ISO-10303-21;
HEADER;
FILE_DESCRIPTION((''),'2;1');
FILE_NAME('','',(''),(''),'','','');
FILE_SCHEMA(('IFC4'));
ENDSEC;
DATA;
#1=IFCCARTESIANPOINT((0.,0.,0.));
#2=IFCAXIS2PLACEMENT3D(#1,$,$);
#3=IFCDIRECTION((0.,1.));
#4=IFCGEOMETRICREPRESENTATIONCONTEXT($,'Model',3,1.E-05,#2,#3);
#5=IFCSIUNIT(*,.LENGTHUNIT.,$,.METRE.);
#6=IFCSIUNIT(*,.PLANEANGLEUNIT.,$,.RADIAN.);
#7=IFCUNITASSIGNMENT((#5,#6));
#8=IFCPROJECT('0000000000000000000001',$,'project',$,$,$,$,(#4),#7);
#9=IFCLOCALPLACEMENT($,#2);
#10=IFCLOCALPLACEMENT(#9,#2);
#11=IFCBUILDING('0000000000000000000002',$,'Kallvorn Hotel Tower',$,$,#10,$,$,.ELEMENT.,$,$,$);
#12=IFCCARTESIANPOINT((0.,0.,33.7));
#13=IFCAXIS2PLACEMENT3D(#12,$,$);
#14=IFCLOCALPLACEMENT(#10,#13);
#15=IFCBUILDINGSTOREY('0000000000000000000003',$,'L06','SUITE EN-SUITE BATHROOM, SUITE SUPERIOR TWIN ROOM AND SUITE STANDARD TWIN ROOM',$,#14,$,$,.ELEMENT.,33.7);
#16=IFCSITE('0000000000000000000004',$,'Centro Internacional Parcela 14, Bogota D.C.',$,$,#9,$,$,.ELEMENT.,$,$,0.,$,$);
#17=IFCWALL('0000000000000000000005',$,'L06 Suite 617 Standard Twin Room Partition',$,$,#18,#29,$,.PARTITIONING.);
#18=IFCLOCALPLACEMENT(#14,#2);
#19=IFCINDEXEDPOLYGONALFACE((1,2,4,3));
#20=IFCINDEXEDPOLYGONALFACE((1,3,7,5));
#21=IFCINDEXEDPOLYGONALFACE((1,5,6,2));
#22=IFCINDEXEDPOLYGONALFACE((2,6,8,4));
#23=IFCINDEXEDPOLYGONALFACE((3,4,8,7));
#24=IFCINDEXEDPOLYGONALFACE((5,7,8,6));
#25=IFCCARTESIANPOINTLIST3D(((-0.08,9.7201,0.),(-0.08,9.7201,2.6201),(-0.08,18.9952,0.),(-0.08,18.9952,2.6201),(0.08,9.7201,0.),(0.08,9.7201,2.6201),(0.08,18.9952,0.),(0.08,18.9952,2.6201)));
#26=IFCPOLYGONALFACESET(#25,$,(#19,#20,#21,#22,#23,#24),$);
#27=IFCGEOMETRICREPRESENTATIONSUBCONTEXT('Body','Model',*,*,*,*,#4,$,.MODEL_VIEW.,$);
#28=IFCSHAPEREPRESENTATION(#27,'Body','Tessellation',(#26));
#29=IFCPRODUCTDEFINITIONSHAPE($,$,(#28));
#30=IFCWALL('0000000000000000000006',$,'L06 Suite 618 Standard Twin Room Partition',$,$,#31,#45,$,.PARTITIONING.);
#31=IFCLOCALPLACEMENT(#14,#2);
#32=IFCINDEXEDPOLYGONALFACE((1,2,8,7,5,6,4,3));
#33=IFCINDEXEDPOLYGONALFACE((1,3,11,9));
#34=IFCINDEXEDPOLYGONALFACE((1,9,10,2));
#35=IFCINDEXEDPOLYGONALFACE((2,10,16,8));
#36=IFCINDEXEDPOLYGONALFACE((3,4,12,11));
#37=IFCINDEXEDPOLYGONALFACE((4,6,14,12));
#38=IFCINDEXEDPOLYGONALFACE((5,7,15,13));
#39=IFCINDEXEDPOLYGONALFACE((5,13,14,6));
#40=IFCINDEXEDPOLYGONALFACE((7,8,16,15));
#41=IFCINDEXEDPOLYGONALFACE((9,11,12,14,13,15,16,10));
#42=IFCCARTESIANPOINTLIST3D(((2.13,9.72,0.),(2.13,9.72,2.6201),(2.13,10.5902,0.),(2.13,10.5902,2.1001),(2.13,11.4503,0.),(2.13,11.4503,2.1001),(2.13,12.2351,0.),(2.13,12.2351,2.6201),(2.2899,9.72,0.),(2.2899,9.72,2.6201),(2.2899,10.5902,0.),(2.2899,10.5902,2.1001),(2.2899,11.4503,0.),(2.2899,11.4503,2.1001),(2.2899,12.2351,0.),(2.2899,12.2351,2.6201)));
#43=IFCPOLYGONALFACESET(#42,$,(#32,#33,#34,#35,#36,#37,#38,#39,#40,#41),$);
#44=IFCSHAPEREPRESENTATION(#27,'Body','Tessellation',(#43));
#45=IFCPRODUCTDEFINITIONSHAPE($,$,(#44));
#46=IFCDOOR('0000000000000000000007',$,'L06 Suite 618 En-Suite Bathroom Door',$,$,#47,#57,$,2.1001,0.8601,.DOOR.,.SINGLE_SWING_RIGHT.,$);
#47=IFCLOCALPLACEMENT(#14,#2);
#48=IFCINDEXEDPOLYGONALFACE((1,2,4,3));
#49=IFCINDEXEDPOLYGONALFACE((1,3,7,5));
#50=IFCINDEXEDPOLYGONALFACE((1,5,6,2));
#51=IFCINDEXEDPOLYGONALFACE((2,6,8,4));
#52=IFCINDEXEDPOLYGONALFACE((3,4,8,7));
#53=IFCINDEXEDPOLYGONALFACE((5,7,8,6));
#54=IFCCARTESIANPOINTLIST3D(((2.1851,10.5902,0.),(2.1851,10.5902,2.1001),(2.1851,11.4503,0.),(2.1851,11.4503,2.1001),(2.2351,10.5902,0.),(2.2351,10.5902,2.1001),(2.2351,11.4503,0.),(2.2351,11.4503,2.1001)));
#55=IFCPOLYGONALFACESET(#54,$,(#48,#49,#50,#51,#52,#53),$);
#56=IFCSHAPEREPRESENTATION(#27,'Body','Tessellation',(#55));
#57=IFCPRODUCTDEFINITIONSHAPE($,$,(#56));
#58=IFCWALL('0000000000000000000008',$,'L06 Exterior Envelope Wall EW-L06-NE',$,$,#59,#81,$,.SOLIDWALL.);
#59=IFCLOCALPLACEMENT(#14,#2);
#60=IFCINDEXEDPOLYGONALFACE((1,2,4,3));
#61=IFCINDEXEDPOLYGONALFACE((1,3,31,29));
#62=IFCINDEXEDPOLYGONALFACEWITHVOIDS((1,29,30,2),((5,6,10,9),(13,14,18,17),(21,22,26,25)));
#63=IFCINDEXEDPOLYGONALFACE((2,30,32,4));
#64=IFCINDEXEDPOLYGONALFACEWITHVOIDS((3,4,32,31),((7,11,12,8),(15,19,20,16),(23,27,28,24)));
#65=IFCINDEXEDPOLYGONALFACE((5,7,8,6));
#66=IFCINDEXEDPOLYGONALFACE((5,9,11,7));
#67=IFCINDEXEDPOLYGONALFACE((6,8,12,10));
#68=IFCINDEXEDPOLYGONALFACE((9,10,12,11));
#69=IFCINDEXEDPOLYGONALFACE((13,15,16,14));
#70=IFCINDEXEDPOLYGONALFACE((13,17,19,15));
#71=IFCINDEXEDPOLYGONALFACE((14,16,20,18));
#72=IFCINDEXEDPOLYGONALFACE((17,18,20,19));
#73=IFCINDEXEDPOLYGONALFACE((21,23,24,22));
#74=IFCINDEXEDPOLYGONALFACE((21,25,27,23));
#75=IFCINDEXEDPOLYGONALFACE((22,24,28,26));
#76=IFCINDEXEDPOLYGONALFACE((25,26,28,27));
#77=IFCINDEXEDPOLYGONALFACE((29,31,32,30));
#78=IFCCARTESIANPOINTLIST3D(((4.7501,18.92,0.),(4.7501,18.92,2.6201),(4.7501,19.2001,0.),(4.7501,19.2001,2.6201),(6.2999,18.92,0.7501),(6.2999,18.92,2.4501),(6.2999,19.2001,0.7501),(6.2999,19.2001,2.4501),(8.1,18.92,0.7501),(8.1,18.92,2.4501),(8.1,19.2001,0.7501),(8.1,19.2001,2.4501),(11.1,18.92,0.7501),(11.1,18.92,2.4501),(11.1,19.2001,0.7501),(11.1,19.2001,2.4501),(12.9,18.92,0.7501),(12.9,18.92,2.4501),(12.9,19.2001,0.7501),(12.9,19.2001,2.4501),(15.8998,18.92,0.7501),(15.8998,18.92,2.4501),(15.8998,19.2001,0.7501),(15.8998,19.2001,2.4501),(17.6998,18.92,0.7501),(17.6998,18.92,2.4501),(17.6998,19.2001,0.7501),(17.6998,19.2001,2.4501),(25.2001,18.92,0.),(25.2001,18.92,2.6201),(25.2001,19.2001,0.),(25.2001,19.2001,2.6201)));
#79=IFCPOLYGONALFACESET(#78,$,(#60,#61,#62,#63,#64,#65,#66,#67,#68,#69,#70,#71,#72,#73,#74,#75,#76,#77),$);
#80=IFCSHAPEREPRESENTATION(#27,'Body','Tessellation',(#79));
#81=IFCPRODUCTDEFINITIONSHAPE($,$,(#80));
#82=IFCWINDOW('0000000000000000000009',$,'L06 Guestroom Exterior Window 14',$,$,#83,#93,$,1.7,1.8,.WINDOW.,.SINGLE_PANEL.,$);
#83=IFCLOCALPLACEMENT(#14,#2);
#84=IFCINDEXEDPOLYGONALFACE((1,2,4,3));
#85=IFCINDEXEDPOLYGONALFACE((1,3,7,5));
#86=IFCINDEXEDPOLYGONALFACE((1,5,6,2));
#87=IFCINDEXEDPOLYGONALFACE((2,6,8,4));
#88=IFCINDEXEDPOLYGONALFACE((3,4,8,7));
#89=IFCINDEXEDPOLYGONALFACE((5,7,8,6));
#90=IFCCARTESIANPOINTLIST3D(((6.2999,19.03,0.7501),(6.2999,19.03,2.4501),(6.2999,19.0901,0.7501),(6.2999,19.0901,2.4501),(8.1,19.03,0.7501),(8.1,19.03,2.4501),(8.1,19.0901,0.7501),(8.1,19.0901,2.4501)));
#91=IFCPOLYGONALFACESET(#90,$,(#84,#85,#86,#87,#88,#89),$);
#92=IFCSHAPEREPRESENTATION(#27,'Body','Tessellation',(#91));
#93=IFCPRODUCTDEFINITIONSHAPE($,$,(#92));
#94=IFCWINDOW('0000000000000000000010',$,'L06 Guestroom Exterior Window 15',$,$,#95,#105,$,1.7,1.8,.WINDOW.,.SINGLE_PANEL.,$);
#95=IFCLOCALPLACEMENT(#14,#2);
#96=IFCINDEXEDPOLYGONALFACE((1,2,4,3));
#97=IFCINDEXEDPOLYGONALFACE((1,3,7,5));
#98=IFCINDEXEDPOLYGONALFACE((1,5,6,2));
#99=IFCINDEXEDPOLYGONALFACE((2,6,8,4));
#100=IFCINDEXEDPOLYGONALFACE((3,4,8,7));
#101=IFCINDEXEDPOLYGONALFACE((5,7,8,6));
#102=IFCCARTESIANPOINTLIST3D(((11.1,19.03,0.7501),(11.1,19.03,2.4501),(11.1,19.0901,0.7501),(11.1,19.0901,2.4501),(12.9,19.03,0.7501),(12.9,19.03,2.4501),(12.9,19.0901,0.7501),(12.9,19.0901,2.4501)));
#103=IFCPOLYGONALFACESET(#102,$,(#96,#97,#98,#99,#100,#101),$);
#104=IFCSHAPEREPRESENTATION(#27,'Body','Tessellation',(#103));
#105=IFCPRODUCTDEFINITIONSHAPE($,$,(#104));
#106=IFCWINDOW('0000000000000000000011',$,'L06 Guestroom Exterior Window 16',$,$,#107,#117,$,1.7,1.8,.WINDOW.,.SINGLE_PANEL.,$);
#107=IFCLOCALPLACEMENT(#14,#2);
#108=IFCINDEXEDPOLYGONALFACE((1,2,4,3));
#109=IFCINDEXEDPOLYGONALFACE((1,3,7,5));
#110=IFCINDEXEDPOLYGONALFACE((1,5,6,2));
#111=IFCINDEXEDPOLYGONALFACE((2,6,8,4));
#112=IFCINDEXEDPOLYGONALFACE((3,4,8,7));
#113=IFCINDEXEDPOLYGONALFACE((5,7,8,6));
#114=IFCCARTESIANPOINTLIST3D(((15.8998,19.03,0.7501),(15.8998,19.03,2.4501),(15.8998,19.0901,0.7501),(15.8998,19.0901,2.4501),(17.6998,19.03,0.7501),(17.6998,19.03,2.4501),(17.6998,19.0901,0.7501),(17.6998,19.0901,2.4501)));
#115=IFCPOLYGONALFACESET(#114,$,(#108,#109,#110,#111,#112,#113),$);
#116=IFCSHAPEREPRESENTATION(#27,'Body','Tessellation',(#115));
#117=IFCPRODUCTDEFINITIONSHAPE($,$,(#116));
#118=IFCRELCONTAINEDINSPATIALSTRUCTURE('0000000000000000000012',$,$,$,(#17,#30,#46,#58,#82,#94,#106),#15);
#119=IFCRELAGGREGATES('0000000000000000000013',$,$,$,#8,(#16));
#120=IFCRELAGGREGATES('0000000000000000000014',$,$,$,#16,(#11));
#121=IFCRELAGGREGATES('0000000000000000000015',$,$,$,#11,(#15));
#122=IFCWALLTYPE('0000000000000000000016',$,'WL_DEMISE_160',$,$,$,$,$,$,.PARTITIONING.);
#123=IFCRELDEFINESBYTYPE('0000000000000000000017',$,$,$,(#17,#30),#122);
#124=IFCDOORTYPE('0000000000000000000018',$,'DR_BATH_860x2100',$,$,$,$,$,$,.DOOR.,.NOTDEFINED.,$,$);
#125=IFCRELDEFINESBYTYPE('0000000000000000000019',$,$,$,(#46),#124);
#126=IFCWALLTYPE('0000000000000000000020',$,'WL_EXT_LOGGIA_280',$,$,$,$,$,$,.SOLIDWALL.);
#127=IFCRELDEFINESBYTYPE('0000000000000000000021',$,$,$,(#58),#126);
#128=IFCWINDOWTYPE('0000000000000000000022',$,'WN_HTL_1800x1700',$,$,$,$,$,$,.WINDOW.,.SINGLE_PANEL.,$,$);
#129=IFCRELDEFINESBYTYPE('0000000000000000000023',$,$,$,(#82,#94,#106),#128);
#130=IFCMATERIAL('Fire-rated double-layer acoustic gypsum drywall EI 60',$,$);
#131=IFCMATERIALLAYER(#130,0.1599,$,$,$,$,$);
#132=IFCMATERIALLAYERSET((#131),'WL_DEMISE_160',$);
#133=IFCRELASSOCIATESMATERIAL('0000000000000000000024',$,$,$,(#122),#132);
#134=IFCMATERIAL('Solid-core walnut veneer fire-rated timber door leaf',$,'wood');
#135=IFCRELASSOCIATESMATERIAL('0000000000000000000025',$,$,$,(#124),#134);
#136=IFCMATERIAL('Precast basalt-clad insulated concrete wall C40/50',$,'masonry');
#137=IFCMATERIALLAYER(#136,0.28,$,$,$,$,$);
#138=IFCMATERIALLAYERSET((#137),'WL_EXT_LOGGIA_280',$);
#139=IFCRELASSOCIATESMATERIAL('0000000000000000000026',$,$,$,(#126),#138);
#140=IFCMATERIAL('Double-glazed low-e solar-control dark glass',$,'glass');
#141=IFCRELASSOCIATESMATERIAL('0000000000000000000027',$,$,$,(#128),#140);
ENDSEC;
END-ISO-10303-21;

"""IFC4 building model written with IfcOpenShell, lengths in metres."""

from ifc_helpers import new_model, si_unit, direction, frame, frame_2d, origin, place, context, subcontext, project, spatial, rectangle, extrude, material, layer, layer_set, type_object, element, fill, save


model = new_model("IFC4")

# Units and contexts
model_context = context("Model", 3, precision=1e-05, world=origin(), true_north=direction((0.0, 1.0)))
body_context = subcontext(model_context, "Body", "Model", "MODEL_VIEW")
ifc_project = project(units=[si_unit("LENGTHUNIT", "METRE"), si_unit("PLANEANGLEUNIT", "RADIAN")], contexts=[model_context])

# Site, building, storey
site_placement = place(None, origin())
site = spatial("IfcSite", under=ifc_project, at=site_placement, Name="Centro Internacional Parcela 14, Bogota D.C.", CompositionType="ELEMENT", RefElevation=0.0)
building_placement = place(site_placement, origin())
building = spatial("IfcBuilding", under=site, at=building_placement, Name="Kallvorn Hotel Tower", CompositionType="ELEMENT")
storey_placement = place(building_placement, frame((0.0, 0.0, 33.7)))
storey = spatial("IfcBuildingStorey", under=building, at=storey_placement, Name="L06", Description="SUITE EN-SUITE BATHROOM, SUITE SUPERIOR TWIN ROOM AND SUITE STANDARD TWIN ROOM", CompositionType="ELEMENT", Elevation=33.7)

# Shared definitions
ifc_material_1 = material(Name="Fire-rated double-layer acoustic gypsum drywall EI 60")
ifc_layer_1 = layer(ifc_material_1, 0.1599)
ifc_layer_set_1 = layer_set([ifc_layer_1], Name="WL_DEMISE_160")
wall_type_1 = type_object("IfcWallType", Name="WL_DEMISE_160", PredefinedType="PARTITIONING", material=ifc_layer_set_1)

# Shared definitions
ifc_material_2 = material(Name="Solid-core walnut veneer fire-rated timber door leaf", Category="wood")
door_type = type_object("IfcDoorType", Name="DR_BATH_860x2100", OperationType="NOTDEFINED", PredefinedType="DOOR", material=ifc_material_2)

# Wall
wall_1_placement = place(storey_placement, frame((0.0, 9.72, 0.0), z_axis=(0.0, 0.0, 1.0), x_axis=(0.0, 1.0, 0.0)))
element("IfcWall", 1, at=wall_1_placement, inside=storey, type_object=wall_type_1, Name="L06 Suite 617 Standard Twin Room Partition", PredefinedType="PARTITIONING", context=body_context, shape_type="SweptSolid", body=[
    extrude(rectangle(XDim=9.2751, YDim=0.1599, at=frame_2d((4.6377, 0.0))), origin(), (0.0, 0.0, 1.0), 2.6201),
])

# Wall, opening, door
wall_2_placement = place(storey_placement, frame((2.21, 9.72, 0.0), z_axis=(0.0, 0.0, 1.0), x_axis=(0.0, 1.0, 0.0)))
wall_2 = element("IfcWall", 2, at=wall_2_placement, inside=storey, type_object=wall_type_1, Name="L06 Suite 618 Standard Twin Room Partition", PredefinedType="PARTITIONING", context=body_context, shape_type="SweptSolid", body=[
    extrude(rectangle(XDim=2.5151, YDim=0.1599, at=frame_2d((1.2576, 0.0))), origin(), (0.0, 0.0, 1.0), 2.6201),
])
opening_1_placement = place(wall_2_placement, frame((0.8701, 0.0, 0.0)))
opening_1 = element("IfcOpeningElement", 3, at=opening_1_placement, cuts=wall_2, PredefinedType="OPENING", context=body_context, shape_type="SweptSolid", body=[
    extrude(rectangle(XDim=0.8601, YDim=2.1001, at=frame_2d((0.4302, 1.05))), frame((0.0, 0.095, 0.0), z_axis=(0.0, -1.0, 0.0), x_axis=(1.0, 0.0, 0.0)), (0.0, 0.0, 1.0), 0.1899),
])
door_1_placement = place(opening_1_placement, origin())
door_1 = element("IfcDoor", 4, at=door_1_placement, inside=storey, type_object=door_type, Name="L06 Suite 618 En-Suite Bathroom Door", OperationType="SINGLE_SWING_RIGHT", OverallHeight=2.1001, OverallWidth=0.8601, PredefinedType="DOOR", context=body_context, shape_type="SweptSolid", body=[
    extrude(rectangle(XDim=0.8601, YDim=2.1001, at=frame_2d((0.4302, 1.05))), frame((0.0, 0.0249, 0.0), z_axis=(0.0, -1.0, 0.0), x_axis=(1.0, 0.0, 0.0)), (0.0, 0.0, 1.0), 0.05),
])
fill(opening_1, door_1)

# Wall, openings, windows
ifc_material_3 = material(Name="Precast basalt-clad insulated concrete wall C40/50", Category="masonry")
ifc_layer_2 = layer(ifc_material_3, 0.28)
ifc_layer_set_2 = layer_set([ifc_layer_2], Name="WL_EXT_LOGGIA_280")
wall_type_2 = type_object("IfcWallType", Name="WL_EXT_LOGGIA_280", PredefinedType="SOLIDWALL", material=ifc_layer_set_2)
wall_3_placement = place(storey_placement, frame((4.75, 19.0601, 0.0), z_axis=(0.0, 0.0, 1.0), x_axis=(1.0, 0.0, 0.0)))
wall_3 = element("IfcWall", 5, at=wall_3_placement, inside=storey, type_object=wall_type_2, Name="L06 Exterior Envelope Wall EW-L06-NE", PredefinedType="SOLIDWALL", context=body_context, shape_type="SweptSolid", body=[
    extrude(rectangle(XDim=20.45, YDim=0.28, at=frame_2d((10.2251, 0.0))), origin(), (0.0, 0.0, 1.0), 2.6201),
])
opening_2_placement = place(wall_3_placement, frame((1.55, 0.0, 0.75)))
opening_2 = element("IfcOpeningElement", 6, at=opening_2_placement, cuts=wall_3, PredefinedType="OPENING", context=body_context, shape_type="SweptSolid", body=[
    extrude(rectangle(XDim=1.8, YDim=1.7, at=frame_2d((0.8999, 0.8501))), frame((0.0, 0.155, 0.0), z_axis=(0.0, -1.0, 0.0), x_axis=(1.0, 0.0, 0.0)), (0.0, 0.0, 1.0), 0.3101),
])
opening_3_placement = place(wall_3_placement, frame((6.3501, 0.0, 0.75)))
opening_3 = element("IfcOpeningElement", 7, at=opening_3_placement, cuts=wall_3, PredefinedType="OPENING", context=body_context, shape_type="SweptSolid", body=[
    extrude(rectangle(XDim=1.8, YDim=1.7, at=frame_2d((0.8999, 0.8501))), frame((0.0, 0.155, 0.0), z_axis=(0.0, -1.0, 0.0), x_axis=(1.0, 0.0, 0.0)), (0.0, 0.0, 1.0), 0.3101),
])
opening_4_placement = place(wall_3_placement, frame((11.1499, 0.0, 0.75)))
opening_4 = element("IfcOpeningElement", 8, at=opening_4_placement, cuts=wall_3, PredefinedType="OPENING", context=body_context, shape_type="SweptSolid", body=[
    extrude(rectangle(XDim=1.8, YDim=1.7, at=frame_2d((0.8999, 0.8501))), frame((0.0, 0.155, 0.0), z_axis=(0.0, -1.0, 0.0), x_axis=(1.0, 0.0, 0.0)), (0.0, 0.0, 1.0), 0.3101),
])
ifc_material_4 = material(Name="Double-glazed low-e solar-control dark glass", Category="glass")
window_type = type_object("IfcWindowType", Name="WN_HTL_1800x1700", PartitioningType="SINGLE_PANEL", PredefinedType="WINDOW", material=ifc_material_4)
window_1_placement = place(opening_2_placement, origin())
window_1 = element("IfcWindow", 9, at=window_1_placement, inside=storey, type_object=window_type, Name="L06 Guestroom Exterior Window 14", OverallHeight=1.7, OverallWidth=1.8, PartitioningType="SINGLE_PANEL", PredefinedType="WINDOW", context=body_context, shape_type="SweptSolid", body=[
    extrude(rectangle(XDim=1.8, YDim=1.7, at=frame_2d((0.8999, 0.8501))), frame((0.0, 0.03, 0.0), z_axis=(0.0, -1.0, 0.0), x_axis=(1.0, 0.0, 0.0)), (0.0, 0.0, 1.0), 0.0601),
])
fill(opening_2, window_1)
window_2_placement = place(opening_3_placement, origin())
window_2 = element("IfcWindow", 10, at=window_2_placement, inside=storey, type_object=window_type, Name="L06 Guestroom Exterior Window 15", OverallHeight=1.7, OverallWidth=1.8, PartitioningType="SINGLE_PANEL", PredefinedType="WINDOW", context=body_context, shape_type="SweptSolid", body=[
    extrude(rectangle(XDim=1.8, YDim=1.7, at=frame_2d((0.8999, 0.8501))), frame((0.0, 0.03, 0.0), z_axis=(0.0, -1.0, 0.0), x_axis=(1.0, 0.0, 0.0)), (0.0, 0.0, 1.0), 0.0601),
])
fill(opening_3, window_2)
window_3_placement = place(opening_4_placement, origin())
window_3 = element("IfcWindow", 11, at=window_3_placement, inside=storey, type_object=window_type, Name="L06 Guestroom Exterior Window 16", OverallHeight=1.7, OverallWidth=1.8, PartitioningType="SINGLE_PANEL", PredefinedType="WINDOW", context=body_context, shape_type="SweptSolid", body=[
    extrude(rectangle(XDim=1.8, YDim=1.7, at=frame_2d((0.8999, 0.8501))), frame((0.0, 0.03, 0.0), z_axis=(0.0, -1.0, 0.0), x_axis=(1.0, 0.0, 0.0)), (0.0, 0.0, 1.0), 0.0601),
])
fill(opening_4, window_3)

save(model, "model.ifc")
